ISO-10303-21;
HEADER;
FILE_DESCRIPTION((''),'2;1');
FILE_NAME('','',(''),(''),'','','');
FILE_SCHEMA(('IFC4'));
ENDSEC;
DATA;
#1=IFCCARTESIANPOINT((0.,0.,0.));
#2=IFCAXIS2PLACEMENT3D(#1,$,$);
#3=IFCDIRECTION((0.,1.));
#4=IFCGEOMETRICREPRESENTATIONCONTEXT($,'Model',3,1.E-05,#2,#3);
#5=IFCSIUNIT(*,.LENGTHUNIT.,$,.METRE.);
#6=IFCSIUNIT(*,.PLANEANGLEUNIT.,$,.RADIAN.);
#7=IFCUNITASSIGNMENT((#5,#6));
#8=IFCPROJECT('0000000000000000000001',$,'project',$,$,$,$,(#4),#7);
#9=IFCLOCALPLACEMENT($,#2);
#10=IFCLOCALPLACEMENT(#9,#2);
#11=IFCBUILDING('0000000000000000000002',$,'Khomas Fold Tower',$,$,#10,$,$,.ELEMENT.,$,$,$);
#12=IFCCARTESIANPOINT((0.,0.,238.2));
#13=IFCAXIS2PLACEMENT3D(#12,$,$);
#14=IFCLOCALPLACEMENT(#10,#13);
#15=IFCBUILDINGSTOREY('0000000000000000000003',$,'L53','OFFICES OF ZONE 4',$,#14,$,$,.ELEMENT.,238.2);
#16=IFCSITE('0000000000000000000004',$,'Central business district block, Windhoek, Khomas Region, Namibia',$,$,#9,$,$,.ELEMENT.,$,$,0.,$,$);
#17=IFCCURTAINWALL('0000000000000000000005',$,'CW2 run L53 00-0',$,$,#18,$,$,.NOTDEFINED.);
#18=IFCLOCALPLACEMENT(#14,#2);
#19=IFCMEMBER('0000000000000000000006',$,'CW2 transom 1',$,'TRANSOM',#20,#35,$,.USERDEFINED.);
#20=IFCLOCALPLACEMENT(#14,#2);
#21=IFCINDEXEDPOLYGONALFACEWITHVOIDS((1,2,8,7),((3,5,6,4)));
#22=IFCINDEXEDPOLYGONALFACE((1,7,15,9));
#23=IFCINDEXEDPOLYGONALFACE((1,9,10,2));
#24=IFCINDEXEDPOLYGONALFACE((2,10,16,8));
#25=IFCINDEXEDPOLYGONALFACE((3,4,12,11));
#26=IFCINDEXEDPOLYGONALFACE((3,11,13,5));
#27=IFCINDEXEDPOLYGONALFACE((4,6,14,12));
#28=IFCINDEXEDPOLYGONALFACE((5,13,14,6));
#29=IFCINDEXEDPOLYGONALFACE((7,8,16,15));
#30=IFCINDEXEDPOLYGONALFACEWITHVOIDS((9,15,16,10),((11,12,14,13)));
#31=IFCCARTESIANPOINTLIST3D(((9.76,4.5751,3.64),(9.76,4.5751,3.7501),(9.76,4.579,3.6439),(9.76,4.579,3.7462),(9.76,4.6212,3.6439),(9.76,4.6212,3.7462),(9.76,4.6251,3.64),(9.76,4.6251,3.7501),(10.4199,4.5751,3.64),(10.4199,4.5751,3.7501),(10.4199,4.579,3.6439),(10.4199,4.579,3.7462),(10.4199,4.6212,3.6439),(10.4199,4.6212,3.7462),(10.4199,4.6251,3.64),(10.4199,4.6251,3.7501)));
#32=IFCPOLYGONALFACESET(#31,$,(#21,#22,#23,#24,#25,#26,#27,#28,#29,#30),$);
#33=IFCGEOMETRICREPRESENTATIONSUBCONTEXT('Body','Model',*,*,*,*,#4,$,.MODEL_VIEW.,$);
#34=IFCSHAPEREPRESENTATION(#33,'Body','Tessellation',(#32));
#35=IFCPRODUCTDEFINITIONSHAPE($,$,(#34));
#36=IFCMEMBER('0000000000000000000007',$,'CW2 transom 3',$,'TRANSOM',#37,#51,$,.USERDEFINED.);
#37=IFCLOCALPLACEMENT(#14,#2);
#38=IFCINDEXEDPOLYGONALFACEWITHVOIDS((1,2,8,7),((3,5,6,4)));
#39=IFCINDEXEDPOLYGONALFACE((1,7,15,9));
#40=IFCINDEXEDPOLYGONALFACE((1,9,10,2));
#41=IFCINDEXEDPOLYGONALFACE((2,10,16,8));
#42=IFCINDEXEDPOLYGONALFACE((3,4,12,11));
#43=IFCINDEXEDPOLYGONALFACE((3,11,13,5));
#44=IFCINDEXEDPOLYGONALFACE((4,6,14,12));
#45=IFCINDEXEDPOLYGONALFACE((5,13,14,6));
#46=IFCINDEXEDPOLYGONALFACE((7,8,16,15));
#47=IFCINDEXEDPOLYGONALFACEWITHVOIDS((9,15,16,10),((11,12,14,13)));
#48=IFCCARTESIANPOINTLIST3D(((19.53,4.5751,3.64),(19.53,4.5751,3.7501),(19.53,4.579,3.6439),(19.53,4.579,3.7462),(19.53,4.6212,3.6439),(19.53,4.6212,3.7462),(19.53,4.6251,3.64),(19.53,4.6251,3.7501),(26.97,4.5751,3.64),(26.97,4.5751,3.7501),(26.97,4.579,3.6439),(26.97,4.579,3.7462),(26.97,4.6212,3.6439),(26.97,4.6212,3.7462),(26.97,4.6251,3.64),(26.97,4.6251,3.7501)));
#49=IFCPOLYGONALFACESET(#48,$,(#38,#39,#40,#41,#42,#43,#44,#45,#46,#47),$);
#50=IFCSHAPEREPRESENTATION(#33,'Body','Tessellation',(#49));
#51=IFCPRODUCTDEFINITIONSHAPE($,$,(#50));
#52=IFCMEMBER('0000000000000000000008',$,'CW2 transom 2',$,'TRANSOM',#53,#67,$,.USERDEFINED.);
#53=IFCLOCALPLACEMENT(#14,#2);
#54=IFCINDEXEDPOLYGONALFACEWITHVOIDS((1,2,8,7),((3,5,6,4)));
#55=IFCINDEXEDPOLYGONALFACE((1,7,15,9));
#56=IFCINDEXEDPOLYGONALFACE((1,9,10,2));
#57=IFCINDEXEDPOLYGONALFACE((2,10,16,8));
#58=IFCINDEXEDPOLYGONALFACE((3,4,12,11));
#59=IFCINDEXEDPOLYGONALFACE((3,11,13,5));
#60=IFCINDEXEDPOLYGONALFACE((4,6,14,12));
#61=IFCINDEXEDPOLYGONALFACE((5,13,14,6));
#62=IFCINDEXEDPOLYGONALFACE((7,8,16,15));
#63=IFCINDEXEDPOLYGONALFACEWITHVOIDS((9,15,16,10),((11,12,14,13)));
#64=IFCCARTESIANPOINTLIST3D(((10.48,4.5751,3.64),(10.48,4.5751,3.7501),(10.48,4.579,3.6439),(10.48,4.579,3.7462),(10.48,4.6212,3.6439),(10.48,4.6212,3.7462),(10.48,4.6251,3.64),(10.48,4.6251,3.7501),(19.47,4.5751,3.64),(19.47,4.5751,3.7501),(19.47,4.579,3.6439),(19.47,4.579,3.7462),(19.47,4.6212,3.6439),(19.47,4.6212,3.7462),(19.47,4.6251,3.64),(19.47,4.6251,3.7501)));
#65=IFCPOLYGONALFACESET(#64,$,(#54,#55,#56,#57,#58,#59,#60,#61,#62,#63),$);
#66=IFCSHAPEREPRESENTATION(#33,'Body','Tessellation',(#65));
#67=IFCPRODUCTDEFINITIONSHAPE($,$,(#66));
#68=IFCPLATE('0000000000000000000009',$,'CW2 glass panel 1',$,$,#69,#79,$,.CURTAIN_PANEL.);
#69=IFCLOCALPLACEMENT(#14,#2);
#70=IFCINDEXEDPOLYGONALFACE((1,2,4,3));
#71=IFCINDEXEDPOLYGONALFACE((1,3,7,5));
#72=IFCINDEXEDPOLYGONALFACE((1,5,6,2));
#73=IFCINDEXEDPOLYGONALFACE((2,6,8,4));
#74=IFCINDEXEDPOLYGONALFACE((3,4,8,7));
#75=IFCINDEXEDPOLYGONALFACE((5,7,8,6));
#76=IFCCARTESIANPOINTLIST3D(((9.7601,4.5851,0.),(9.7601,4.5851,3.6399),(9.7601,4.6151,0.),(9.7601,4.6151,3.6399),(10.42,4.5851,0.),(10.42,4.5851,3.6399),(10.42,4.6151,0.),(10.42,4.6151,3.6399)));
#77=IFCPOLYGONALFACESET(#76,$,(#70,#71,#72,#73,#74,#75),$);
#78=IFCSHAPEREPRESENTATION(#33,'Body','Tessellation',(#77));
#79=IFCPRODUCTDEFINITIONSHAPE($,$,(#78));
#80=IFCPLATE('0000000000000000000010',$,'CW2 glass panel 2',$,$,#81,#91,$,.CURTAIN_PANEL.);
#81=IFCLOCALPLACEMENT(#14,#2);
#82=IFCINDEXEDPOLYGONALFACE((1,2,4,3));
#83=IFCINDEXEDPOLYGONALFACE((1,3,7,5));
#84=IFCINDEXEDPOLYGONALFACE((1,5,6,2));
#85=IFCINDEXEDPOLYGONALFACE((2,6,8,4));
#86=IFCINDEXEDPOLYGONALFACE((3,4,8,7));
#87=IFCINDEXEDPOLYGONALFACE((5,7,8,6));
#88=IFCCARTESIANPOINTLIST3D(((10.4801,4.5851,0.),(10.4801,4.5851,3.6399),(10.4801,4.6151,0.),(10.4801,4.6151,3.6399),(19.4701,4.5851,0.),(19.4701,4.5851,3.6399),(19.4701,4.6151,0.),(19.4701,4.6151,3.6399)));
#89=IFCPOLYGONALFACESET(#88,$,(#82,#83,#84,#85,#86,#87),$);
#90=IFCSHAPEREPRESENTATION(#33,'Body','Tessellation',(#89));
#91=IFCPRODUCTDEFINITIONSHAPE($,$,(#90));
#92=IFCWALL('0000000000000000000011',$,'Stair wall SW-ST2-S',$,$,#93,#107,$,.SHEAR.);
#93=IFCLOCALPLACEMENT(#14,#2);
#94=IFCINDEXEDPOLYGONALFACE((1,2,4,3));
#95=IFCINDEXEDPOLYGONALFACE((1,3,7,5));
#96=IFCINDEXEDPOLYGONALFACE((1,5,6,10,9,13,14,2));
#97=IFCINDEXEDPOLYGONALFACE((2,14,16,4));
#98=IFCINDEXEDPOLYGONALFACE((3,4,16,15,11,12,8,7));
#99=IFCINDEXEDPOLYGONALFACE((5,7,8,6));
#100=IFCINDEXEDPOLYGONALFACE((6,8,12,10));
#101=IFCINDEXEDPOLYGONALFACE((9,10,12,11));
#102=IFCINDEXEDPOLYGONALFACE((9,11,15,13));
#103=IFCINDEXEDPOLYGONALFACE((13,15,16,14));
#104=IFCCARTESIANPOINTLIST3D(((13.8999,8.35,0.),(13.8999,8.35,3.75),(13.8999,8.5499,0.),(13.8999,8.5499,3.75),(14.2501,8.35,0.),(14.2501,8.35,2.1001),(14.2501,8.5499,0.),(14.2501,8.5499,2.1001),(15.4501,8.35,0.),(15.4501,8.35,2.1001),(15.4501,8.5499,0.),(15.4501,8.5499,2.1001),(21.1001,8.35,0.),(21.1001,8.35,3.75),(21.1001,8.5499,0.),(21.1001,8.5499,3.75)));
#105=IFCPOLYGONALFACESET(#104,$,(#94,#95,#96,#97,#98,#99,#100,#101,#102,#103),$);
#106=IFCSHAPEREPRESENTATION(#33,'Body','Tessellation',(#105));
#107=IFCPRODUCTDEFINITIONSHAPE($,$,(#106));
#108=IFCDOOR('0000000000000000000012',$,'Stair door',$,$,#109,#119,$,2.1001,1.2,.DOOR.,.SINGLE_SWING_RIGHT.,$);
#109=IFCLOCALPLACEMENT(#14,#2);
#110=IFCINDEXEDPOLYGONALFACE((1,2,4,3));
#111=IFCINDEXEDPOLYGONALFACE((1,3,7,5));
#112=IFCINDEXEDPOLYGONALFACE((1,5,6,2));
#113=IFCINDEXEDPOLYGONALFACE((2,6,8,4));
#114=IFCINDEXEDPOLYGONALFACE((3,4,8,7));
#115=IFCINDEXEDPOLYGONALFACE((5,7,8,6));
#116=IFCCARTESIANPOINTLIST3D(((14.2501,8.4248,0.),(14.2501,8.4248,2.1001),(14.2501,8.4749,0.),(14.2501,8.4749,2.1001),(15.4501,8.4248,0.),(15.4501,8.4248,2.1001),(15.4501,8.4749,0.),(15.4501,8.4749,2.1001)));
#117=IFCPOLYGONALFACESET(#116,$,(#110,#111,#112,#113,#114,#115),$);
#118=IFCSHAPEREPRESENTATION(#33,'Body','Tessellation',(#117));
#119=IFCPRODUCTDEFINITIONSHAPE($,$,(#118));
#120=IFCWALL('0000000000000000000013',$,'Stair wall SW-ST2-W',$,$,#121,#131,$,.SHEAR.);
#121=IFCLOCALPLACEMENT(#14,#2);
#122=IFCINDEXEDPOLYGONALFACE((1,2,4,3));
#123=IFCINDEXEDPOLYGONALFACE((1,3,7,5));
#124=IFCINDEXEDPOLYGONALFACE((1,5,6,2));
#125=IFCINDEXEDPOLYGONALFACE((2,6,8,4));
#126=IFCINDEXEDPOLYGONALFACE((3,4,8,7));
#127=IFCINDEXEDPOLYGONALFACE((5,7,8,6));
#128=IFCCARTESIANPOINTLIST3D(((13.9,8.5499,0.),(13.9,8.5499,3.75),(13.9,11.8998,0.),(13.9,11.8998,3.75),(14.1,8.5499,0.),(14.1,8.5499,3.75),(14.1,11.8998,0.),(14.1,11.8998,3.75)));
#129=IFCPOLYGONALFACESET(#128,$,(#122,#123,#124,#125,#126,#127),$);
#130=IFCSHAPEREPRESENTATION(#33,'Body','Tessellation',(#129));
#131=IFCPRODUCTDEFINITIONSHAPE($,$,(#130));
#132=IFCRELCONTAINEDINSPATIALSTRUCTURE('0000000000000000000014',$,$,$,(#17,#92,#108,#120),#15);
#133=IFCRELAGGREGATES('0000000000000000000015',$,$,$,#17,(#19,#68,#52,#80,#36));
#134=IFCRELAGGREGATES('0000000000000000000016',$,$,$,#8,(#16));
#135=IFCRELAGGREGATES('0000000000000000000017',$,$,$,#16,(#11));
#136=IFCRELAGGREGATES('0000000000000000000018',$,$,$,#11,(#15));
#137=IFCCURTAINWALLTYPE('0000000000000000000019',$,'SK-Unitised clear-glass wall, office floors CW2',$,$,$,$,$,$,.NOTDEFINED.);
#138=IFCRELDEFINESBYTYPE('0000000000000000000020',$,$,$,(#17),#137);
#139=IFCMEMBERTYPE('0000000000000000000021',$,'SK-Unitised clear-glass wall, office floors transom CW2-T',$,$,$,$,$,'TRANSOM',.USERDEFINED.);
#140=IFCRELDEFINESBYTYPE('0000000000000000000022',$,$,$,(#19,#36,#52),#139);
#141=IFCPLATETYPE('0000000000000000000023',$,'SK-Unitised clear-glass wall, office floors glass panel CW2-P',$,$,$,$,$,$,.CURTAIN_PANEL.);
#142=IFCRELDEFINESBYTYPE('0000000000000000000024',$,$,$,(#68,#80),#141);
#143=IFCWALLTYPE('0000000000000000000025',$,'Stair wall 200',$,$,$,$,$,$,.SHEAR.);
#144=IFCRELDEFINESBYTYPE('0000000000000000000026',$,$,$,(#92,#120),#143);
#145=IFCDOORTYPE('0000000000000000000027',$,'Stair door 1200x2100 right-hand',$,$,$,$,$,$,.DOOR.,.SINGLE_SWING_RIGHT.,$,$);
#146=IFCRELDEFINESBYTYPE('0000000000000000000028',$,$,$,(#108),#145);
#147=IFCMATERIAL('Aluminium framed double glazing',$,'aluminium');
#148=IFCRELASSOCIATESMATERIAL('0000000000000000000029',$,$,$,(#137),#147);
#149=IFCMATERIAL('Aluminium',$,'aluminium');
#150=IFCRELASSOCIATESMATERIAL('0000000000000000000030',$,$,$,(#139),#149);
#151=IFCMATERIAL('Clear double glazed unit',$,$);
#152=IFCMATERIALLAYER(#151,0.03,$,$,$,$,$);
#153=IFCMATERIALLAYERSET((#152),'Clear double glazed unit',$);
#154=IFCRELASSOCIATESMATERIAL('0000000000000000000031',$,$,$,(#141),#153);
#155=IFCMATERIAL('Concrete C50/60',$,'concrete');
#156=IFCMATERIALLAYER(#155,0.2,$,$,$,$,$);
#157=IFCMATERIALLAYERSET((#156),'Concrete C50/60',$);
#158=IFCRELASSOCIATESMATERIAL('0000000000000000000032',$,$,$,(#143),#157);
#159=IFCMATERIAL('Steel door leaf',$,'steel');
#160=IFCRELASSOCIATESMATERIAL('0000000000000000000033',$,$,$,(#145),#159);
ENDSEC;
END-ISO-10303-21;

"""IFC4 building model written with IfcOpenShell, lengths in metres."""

from ifc_helpers import new_model, si_unit, direction, frame, frame_2d, origin, origin_2d, place, context, subcontext, project, spatial, rectangle, hollow_rectangle, extrude, source, transform, mapped, material, layer, layer_set, material_profile, profile_set, type_object, element, fill, aggregate, save


model = new_model("IFC4")

# Units and contexts
model_context = context("Model", 3, precision=1e-05, world=origin(), true_north=direction((0.0, 1.0)))
body_context = subcontext(model_context, "Body", "Model", "MODEL_VIEW")
ifc_project = project(units=[si_unit("LENGTHUNIT", "METRE"), si_unit("PLANEANGLEUNIT", "RADIAN")], contexts=[model_context])

# Site, building, storey
site_placement = place(None, origin())
site = spatial("IfcSite", under=ifc_project, at=site_placement, Name="Central business district block, Windhoek, Khomas Region, Namibia", CompositionType="ELEMENT", RefElevation=0.0)
building_placement = place(site_placement, origin())
building = spatial("IfcBuilding", under=site, at=building_placement, Name="Khomas Fold Tower", CompositionType="ELEMENT")
storey_placement = place(building_placement, frame((0.0, 0.0, 238.2)))
storey = spatial("IfcBuildingStorey", under=building, at=storey_placement, Name="L53", Description="OFFICES OF ZONE 4", CompositionType="ELEMENT", Elevation=238.2)

# Curtain wall, members, plates
ifc_material_1 = material(Name="Aluminium framed double glazing", Category="aluminium")
curtain_wall_type = type_object("IfcCurtainWallType", Name="SK-Unitised clear-glass wall, office floors CW2", PredefinedType="NOTDEFINED", material=ifc_material_1)
curtain_wall_placement = place(storey_placement, origin())
curtain_wall = element("IfcCurtainWall", 1, at=curtain_wall_placement, inside=storey, type_object=curtain_wall_type, Name="CW2 run L53 00-0", PredefinedType="NOTDEFINED")
ifc_material_2 = material(Name="Aluminium", Category="aluminium")
ifc_material_profile_1 = material_profile(ifc_material_2, hollow_rectangle(XDim=0.05, YDim=0.1101, WallThickness=0.0039, at=origin_2d()), Name="SK-Unitised clear-glass wall, office floors transom CW2-T")
ifc_profile_set_1 = profile_set([ifc_material_profile_1], Name="Aluminium")
member_type_1 = type_object("IfcMemberType", Name="SK-Unitised clear-glass wall, office floors transom CW2-T", ElementType="TRANSOM", PredefinedType="USERDEFINED", material=ifc_profile_set_1)
shared_shape_1 = source(origin(), body_context, "Body", "SweptSolid", [
    extrude(hollow_rectangle(XDim=0.05, YDim=0.1101, WallThickness=0.0039, at=origin_2d()), origin(), (0.0, 0.0, 1.0), 0.6599),
])
member_1_placement = place(storey_placement, frame((9.76, 4.6001, 3.6951), z_axis=(1.0, 0.0, 0.0), x_axis=(0.0, 1.0, 0.0)))
member_1 = element("IfcMember", 2, at=member_1_placement, type_object=member_type_1, Name="CW2 transom 1", ObjectType="TRANSOM", PredefinedType="USERDEFINED", context=body_context, shape_type="MappedRepresentation", body=[
    mapped(shared_shape_1, transform((0.0, 0.0, 0.0))),
])
shared_shape_2 = source(origin(), body_context, "Body", "SweptSolid", [
    extrude(hollow_rectangle(XDim=0.05, YDim=0.1101, WallThickness=0.0039, at=origin_2d()), origin(), (0.0, 0.0, 1.0), 7.4399),
])
member_2_placement = place(storey_placement, frame((19.53, 4.6001, 3.6951), z_axis=(1.0, 0.0, 0.0), x_axis=(0.0, 1.0, 0.0)))
member_2 = element("IfcMember", 3, at=member_2_placement, type_object=member_type_1, Name="CW2 transom 3", ObjectType="TRANSOM", PredefinedType="USERDEFINED", context=body_context, shape_type="MappedRepresentation", body=[
    mapped(shared_shape_2, transform((0.0, 0.0, 0.0))),
])
shared_shape_3 = source(origin(), body_context, "Body", "SweptSolid", [
    extrude(hollow_rectangle(XDim=0.05, YDim=0.1101, WallThickness=0.0039, at=origin_2d()), origin(), (0.0, 0.0, 1.0), 8.99),
])
member_3_placement = place(storey_placement, frame((10.48, 4.6001, 3.6951), z_axis=(1.0, 0.0, 0.0), x_axis=(0.0, 1.0, 0.0)))
member_3 = element("IfcMember", 4, at=member_3_placement, type_object=member_type_1, Name="CW2 transom 2", ObjectType="TRANSOM", PredefinedType="USERDEFINED", context=body_context, shape_type="MappedRepresentation", body=[
    mapped(shared_shape_3, transform((0.0, 0.0, 0.0))),
])
ifc_material_3 = material(Name="Clear double glazed unit")
ifc_layer_1 = layer(ifc_material_3, 0.03)
ifc_layer_set_1 = layer_set([ifc_layer_1], Name="Clear double glazed unit")
plate_type = type_object("IfcPlateType", Name="SK-Unitised clear-glass wall, office floors glass panel CW2-P", PredefinedType="CURTAIN_PANEL", material=ifc_layer_set_1)
shared_shape_4 = source(origin(), body_context, "Body", "SweptSolid", [
    extrude(rectangle(XDim=0.6599, YDim=0.03, at=origin_2d()), origin(), (0.0, 0.0, 1.0), 3.6399),
])
plate_1_placement = place(storey_placement, frame((10.0901, 4.6001, 0.0), z_axis=(0.0, 0.0, 1.0), x_axis=(1.0, 0.0, 0.0)))
plate_1 = element("IfcPlate", 5, at=plate_1_placement, type_object=plate_type, Name="CW2 glass panel 1", PredefinedType="CURTAIN_PANEL", context=body_context, shape_type="MappedRepresentation", body=[
    mapped(shared_shape_4, transform((0.0, 0.0, 0.0))),
])
shared_shape_5 = source(origin(), body_context, "Body", "SweptSolid", [
    extrude(rectangle(XDim=8.99, YDim=0.03, at=origin_2d()), origin(), (0.0, 0.0, 1.0), 3.6399),
])
plate_2_placement = place(storey_placement, frame((14.9751, 4.6001, 0.0), z_axis=(0.0, 0.0, 1.0), x_axis=(1.0, 0.0, 0.0)))
plate_2 = element("IfcPlate", 6, at=plate_2_placement, type_object=plate_type, Name="CW2 glass panel 2", PredefinedType="CURTAIN_PANEL", context=body_context, shape_type="MappedRepresentation", body=[
    mapped(shared_shape_5, transform((0.0, 0.0, 0.0))),
])
aggregate(curtain_wall, [member_1, plate_1, member_3, plate_2, member_2])

# Wall, opening, door
ifc_material_4 = material(Name="Concrete C50/60", Category="concrete")
ifc_layer_2 = layer(ifc_material_4, 0.2)
ifc_layer_set_2 = layer_set([ifc_layer_2], Name="Concrete C50/60")
wall_type = type_object("IfcWallType", Name="Stair wall 200", PredefinedType="SHEAR", material=ifc_layer_set_2)
shared_shape_6 = source(origin(), body_context, "Body", "SweptSolid", [
    extrude(rectangle(XDim=7.2002, YDim=0.2, at=frame_2d((3.6001, 0.0))), origin(), (0.0, 0.0, 1.0), 3.75),
])
wall_1_placement = place(storey_placement, frame((13.8999, 8.45, 0.0), z_axis=(0.0, 0.0, 1.0), x_axis=(1.0, 0.0, 0.0)))
wall_1 = element("IfcWall", 7, at=wall_1_placement, inside=storey, type_object=wall_type, Name="Stair wall SW-ST2-S", PredefinedType="SHEAR", context=body_context, shape_type="MappedRepresentation", body=[
    mapped(shared_shape_6, transform((0.0, 0.0, 0.0))),
])
shared_shape_7 = source(origin(), body_context, "Body", "SweptSolid", [
    extrude(rectangle(XDim=1.2, YDim=2.1001, at=frame_2d((0.6001, 1.05))), frame((0.0, 0.1099, 0.0), z_axis=(0.0, -1.0, 0.0), x_axis=(1.0, 0.0, 0.0)), (0.0, 0.0, 1.0), 0.22),
])
opening_placement = place(wall_1_placement, frame((0.3501, 0.0, 0.0)))
opening = element("IfcOpeningElement", 8, at=opening_placement, cuts=wall_1, PredefinedType="OPENING", context=body_context, shape_type="MappedRepresentation", body=[
    mapped(shared_shape_7, transform((0.0, 0.0, 0.0))),
])
ifc_material_5 = material(Name="Steel door leaf", Category="steel")
door_type = type_object("IfcDoorType", Name="Stair door 1200x2100 right-hand", OperationType="SINGLE_SWING_RIGHT", PredefinedType="DOOR", material=ifc_material_5)
shared_shape_8 = source(origin(), body_context, "Body", "SweptSolid", [
    extrude(rectangle(XDim=1.2, YDim=2.1001, at=frame_2d((0.6001, 1.05))), frame((0.0, 0.0249, 0.0), z_axis=(0.0, -1.0, 0.0), x_axis=(1.0, 0.0, 0.0)), (0.0, 0.0, 1.0), 0.05),
])
door_placement = place(opening_placement, origin())
door = element("IfcDoor", 9, at=door_placement, inside=storey, type_object=door_type, Name="Stair door", OperationType="SINGLE_SWING_RIGHT", OverallHeight=2.1001, OverallWidth=1.2, PredefinedType="DOOR", context=body_context, shape_type="MappedRepresentation", body=[
    mapped(shared_shape_8, transform((0.0, 0.0, 0.0))),
])
fill(opening, door)

# Wall
shared_shape_9 = source(origin(), body_context, "Body", "SweptSolid", [
    extrude(rectangle(XDim=3.3499, YDim=0.2, at=frame_2d((1.6748, 0.0))), origin(), (0.0, 0.0, 1.0), 3.75),
])
wall_2_placement = place(storey_placement, frame((14.0, 8.55, 0.0), z_axis=(0.0, 0.0, 1.0), x_axis=(0.0, 1.0, 0.0)))
element("IfcWall", 10, at=wall_2_placement, inside=storey, type_object=wall_type, Name="Stair wall SW-ST2-W", PredefinedType="SHEAR", context=body_context, shape_type="MappedRepresentation", body=[
    mapped(shared_shape_9, transform((0.0, 0.0, 0.0))),
])

save(model, "model.ifc")
